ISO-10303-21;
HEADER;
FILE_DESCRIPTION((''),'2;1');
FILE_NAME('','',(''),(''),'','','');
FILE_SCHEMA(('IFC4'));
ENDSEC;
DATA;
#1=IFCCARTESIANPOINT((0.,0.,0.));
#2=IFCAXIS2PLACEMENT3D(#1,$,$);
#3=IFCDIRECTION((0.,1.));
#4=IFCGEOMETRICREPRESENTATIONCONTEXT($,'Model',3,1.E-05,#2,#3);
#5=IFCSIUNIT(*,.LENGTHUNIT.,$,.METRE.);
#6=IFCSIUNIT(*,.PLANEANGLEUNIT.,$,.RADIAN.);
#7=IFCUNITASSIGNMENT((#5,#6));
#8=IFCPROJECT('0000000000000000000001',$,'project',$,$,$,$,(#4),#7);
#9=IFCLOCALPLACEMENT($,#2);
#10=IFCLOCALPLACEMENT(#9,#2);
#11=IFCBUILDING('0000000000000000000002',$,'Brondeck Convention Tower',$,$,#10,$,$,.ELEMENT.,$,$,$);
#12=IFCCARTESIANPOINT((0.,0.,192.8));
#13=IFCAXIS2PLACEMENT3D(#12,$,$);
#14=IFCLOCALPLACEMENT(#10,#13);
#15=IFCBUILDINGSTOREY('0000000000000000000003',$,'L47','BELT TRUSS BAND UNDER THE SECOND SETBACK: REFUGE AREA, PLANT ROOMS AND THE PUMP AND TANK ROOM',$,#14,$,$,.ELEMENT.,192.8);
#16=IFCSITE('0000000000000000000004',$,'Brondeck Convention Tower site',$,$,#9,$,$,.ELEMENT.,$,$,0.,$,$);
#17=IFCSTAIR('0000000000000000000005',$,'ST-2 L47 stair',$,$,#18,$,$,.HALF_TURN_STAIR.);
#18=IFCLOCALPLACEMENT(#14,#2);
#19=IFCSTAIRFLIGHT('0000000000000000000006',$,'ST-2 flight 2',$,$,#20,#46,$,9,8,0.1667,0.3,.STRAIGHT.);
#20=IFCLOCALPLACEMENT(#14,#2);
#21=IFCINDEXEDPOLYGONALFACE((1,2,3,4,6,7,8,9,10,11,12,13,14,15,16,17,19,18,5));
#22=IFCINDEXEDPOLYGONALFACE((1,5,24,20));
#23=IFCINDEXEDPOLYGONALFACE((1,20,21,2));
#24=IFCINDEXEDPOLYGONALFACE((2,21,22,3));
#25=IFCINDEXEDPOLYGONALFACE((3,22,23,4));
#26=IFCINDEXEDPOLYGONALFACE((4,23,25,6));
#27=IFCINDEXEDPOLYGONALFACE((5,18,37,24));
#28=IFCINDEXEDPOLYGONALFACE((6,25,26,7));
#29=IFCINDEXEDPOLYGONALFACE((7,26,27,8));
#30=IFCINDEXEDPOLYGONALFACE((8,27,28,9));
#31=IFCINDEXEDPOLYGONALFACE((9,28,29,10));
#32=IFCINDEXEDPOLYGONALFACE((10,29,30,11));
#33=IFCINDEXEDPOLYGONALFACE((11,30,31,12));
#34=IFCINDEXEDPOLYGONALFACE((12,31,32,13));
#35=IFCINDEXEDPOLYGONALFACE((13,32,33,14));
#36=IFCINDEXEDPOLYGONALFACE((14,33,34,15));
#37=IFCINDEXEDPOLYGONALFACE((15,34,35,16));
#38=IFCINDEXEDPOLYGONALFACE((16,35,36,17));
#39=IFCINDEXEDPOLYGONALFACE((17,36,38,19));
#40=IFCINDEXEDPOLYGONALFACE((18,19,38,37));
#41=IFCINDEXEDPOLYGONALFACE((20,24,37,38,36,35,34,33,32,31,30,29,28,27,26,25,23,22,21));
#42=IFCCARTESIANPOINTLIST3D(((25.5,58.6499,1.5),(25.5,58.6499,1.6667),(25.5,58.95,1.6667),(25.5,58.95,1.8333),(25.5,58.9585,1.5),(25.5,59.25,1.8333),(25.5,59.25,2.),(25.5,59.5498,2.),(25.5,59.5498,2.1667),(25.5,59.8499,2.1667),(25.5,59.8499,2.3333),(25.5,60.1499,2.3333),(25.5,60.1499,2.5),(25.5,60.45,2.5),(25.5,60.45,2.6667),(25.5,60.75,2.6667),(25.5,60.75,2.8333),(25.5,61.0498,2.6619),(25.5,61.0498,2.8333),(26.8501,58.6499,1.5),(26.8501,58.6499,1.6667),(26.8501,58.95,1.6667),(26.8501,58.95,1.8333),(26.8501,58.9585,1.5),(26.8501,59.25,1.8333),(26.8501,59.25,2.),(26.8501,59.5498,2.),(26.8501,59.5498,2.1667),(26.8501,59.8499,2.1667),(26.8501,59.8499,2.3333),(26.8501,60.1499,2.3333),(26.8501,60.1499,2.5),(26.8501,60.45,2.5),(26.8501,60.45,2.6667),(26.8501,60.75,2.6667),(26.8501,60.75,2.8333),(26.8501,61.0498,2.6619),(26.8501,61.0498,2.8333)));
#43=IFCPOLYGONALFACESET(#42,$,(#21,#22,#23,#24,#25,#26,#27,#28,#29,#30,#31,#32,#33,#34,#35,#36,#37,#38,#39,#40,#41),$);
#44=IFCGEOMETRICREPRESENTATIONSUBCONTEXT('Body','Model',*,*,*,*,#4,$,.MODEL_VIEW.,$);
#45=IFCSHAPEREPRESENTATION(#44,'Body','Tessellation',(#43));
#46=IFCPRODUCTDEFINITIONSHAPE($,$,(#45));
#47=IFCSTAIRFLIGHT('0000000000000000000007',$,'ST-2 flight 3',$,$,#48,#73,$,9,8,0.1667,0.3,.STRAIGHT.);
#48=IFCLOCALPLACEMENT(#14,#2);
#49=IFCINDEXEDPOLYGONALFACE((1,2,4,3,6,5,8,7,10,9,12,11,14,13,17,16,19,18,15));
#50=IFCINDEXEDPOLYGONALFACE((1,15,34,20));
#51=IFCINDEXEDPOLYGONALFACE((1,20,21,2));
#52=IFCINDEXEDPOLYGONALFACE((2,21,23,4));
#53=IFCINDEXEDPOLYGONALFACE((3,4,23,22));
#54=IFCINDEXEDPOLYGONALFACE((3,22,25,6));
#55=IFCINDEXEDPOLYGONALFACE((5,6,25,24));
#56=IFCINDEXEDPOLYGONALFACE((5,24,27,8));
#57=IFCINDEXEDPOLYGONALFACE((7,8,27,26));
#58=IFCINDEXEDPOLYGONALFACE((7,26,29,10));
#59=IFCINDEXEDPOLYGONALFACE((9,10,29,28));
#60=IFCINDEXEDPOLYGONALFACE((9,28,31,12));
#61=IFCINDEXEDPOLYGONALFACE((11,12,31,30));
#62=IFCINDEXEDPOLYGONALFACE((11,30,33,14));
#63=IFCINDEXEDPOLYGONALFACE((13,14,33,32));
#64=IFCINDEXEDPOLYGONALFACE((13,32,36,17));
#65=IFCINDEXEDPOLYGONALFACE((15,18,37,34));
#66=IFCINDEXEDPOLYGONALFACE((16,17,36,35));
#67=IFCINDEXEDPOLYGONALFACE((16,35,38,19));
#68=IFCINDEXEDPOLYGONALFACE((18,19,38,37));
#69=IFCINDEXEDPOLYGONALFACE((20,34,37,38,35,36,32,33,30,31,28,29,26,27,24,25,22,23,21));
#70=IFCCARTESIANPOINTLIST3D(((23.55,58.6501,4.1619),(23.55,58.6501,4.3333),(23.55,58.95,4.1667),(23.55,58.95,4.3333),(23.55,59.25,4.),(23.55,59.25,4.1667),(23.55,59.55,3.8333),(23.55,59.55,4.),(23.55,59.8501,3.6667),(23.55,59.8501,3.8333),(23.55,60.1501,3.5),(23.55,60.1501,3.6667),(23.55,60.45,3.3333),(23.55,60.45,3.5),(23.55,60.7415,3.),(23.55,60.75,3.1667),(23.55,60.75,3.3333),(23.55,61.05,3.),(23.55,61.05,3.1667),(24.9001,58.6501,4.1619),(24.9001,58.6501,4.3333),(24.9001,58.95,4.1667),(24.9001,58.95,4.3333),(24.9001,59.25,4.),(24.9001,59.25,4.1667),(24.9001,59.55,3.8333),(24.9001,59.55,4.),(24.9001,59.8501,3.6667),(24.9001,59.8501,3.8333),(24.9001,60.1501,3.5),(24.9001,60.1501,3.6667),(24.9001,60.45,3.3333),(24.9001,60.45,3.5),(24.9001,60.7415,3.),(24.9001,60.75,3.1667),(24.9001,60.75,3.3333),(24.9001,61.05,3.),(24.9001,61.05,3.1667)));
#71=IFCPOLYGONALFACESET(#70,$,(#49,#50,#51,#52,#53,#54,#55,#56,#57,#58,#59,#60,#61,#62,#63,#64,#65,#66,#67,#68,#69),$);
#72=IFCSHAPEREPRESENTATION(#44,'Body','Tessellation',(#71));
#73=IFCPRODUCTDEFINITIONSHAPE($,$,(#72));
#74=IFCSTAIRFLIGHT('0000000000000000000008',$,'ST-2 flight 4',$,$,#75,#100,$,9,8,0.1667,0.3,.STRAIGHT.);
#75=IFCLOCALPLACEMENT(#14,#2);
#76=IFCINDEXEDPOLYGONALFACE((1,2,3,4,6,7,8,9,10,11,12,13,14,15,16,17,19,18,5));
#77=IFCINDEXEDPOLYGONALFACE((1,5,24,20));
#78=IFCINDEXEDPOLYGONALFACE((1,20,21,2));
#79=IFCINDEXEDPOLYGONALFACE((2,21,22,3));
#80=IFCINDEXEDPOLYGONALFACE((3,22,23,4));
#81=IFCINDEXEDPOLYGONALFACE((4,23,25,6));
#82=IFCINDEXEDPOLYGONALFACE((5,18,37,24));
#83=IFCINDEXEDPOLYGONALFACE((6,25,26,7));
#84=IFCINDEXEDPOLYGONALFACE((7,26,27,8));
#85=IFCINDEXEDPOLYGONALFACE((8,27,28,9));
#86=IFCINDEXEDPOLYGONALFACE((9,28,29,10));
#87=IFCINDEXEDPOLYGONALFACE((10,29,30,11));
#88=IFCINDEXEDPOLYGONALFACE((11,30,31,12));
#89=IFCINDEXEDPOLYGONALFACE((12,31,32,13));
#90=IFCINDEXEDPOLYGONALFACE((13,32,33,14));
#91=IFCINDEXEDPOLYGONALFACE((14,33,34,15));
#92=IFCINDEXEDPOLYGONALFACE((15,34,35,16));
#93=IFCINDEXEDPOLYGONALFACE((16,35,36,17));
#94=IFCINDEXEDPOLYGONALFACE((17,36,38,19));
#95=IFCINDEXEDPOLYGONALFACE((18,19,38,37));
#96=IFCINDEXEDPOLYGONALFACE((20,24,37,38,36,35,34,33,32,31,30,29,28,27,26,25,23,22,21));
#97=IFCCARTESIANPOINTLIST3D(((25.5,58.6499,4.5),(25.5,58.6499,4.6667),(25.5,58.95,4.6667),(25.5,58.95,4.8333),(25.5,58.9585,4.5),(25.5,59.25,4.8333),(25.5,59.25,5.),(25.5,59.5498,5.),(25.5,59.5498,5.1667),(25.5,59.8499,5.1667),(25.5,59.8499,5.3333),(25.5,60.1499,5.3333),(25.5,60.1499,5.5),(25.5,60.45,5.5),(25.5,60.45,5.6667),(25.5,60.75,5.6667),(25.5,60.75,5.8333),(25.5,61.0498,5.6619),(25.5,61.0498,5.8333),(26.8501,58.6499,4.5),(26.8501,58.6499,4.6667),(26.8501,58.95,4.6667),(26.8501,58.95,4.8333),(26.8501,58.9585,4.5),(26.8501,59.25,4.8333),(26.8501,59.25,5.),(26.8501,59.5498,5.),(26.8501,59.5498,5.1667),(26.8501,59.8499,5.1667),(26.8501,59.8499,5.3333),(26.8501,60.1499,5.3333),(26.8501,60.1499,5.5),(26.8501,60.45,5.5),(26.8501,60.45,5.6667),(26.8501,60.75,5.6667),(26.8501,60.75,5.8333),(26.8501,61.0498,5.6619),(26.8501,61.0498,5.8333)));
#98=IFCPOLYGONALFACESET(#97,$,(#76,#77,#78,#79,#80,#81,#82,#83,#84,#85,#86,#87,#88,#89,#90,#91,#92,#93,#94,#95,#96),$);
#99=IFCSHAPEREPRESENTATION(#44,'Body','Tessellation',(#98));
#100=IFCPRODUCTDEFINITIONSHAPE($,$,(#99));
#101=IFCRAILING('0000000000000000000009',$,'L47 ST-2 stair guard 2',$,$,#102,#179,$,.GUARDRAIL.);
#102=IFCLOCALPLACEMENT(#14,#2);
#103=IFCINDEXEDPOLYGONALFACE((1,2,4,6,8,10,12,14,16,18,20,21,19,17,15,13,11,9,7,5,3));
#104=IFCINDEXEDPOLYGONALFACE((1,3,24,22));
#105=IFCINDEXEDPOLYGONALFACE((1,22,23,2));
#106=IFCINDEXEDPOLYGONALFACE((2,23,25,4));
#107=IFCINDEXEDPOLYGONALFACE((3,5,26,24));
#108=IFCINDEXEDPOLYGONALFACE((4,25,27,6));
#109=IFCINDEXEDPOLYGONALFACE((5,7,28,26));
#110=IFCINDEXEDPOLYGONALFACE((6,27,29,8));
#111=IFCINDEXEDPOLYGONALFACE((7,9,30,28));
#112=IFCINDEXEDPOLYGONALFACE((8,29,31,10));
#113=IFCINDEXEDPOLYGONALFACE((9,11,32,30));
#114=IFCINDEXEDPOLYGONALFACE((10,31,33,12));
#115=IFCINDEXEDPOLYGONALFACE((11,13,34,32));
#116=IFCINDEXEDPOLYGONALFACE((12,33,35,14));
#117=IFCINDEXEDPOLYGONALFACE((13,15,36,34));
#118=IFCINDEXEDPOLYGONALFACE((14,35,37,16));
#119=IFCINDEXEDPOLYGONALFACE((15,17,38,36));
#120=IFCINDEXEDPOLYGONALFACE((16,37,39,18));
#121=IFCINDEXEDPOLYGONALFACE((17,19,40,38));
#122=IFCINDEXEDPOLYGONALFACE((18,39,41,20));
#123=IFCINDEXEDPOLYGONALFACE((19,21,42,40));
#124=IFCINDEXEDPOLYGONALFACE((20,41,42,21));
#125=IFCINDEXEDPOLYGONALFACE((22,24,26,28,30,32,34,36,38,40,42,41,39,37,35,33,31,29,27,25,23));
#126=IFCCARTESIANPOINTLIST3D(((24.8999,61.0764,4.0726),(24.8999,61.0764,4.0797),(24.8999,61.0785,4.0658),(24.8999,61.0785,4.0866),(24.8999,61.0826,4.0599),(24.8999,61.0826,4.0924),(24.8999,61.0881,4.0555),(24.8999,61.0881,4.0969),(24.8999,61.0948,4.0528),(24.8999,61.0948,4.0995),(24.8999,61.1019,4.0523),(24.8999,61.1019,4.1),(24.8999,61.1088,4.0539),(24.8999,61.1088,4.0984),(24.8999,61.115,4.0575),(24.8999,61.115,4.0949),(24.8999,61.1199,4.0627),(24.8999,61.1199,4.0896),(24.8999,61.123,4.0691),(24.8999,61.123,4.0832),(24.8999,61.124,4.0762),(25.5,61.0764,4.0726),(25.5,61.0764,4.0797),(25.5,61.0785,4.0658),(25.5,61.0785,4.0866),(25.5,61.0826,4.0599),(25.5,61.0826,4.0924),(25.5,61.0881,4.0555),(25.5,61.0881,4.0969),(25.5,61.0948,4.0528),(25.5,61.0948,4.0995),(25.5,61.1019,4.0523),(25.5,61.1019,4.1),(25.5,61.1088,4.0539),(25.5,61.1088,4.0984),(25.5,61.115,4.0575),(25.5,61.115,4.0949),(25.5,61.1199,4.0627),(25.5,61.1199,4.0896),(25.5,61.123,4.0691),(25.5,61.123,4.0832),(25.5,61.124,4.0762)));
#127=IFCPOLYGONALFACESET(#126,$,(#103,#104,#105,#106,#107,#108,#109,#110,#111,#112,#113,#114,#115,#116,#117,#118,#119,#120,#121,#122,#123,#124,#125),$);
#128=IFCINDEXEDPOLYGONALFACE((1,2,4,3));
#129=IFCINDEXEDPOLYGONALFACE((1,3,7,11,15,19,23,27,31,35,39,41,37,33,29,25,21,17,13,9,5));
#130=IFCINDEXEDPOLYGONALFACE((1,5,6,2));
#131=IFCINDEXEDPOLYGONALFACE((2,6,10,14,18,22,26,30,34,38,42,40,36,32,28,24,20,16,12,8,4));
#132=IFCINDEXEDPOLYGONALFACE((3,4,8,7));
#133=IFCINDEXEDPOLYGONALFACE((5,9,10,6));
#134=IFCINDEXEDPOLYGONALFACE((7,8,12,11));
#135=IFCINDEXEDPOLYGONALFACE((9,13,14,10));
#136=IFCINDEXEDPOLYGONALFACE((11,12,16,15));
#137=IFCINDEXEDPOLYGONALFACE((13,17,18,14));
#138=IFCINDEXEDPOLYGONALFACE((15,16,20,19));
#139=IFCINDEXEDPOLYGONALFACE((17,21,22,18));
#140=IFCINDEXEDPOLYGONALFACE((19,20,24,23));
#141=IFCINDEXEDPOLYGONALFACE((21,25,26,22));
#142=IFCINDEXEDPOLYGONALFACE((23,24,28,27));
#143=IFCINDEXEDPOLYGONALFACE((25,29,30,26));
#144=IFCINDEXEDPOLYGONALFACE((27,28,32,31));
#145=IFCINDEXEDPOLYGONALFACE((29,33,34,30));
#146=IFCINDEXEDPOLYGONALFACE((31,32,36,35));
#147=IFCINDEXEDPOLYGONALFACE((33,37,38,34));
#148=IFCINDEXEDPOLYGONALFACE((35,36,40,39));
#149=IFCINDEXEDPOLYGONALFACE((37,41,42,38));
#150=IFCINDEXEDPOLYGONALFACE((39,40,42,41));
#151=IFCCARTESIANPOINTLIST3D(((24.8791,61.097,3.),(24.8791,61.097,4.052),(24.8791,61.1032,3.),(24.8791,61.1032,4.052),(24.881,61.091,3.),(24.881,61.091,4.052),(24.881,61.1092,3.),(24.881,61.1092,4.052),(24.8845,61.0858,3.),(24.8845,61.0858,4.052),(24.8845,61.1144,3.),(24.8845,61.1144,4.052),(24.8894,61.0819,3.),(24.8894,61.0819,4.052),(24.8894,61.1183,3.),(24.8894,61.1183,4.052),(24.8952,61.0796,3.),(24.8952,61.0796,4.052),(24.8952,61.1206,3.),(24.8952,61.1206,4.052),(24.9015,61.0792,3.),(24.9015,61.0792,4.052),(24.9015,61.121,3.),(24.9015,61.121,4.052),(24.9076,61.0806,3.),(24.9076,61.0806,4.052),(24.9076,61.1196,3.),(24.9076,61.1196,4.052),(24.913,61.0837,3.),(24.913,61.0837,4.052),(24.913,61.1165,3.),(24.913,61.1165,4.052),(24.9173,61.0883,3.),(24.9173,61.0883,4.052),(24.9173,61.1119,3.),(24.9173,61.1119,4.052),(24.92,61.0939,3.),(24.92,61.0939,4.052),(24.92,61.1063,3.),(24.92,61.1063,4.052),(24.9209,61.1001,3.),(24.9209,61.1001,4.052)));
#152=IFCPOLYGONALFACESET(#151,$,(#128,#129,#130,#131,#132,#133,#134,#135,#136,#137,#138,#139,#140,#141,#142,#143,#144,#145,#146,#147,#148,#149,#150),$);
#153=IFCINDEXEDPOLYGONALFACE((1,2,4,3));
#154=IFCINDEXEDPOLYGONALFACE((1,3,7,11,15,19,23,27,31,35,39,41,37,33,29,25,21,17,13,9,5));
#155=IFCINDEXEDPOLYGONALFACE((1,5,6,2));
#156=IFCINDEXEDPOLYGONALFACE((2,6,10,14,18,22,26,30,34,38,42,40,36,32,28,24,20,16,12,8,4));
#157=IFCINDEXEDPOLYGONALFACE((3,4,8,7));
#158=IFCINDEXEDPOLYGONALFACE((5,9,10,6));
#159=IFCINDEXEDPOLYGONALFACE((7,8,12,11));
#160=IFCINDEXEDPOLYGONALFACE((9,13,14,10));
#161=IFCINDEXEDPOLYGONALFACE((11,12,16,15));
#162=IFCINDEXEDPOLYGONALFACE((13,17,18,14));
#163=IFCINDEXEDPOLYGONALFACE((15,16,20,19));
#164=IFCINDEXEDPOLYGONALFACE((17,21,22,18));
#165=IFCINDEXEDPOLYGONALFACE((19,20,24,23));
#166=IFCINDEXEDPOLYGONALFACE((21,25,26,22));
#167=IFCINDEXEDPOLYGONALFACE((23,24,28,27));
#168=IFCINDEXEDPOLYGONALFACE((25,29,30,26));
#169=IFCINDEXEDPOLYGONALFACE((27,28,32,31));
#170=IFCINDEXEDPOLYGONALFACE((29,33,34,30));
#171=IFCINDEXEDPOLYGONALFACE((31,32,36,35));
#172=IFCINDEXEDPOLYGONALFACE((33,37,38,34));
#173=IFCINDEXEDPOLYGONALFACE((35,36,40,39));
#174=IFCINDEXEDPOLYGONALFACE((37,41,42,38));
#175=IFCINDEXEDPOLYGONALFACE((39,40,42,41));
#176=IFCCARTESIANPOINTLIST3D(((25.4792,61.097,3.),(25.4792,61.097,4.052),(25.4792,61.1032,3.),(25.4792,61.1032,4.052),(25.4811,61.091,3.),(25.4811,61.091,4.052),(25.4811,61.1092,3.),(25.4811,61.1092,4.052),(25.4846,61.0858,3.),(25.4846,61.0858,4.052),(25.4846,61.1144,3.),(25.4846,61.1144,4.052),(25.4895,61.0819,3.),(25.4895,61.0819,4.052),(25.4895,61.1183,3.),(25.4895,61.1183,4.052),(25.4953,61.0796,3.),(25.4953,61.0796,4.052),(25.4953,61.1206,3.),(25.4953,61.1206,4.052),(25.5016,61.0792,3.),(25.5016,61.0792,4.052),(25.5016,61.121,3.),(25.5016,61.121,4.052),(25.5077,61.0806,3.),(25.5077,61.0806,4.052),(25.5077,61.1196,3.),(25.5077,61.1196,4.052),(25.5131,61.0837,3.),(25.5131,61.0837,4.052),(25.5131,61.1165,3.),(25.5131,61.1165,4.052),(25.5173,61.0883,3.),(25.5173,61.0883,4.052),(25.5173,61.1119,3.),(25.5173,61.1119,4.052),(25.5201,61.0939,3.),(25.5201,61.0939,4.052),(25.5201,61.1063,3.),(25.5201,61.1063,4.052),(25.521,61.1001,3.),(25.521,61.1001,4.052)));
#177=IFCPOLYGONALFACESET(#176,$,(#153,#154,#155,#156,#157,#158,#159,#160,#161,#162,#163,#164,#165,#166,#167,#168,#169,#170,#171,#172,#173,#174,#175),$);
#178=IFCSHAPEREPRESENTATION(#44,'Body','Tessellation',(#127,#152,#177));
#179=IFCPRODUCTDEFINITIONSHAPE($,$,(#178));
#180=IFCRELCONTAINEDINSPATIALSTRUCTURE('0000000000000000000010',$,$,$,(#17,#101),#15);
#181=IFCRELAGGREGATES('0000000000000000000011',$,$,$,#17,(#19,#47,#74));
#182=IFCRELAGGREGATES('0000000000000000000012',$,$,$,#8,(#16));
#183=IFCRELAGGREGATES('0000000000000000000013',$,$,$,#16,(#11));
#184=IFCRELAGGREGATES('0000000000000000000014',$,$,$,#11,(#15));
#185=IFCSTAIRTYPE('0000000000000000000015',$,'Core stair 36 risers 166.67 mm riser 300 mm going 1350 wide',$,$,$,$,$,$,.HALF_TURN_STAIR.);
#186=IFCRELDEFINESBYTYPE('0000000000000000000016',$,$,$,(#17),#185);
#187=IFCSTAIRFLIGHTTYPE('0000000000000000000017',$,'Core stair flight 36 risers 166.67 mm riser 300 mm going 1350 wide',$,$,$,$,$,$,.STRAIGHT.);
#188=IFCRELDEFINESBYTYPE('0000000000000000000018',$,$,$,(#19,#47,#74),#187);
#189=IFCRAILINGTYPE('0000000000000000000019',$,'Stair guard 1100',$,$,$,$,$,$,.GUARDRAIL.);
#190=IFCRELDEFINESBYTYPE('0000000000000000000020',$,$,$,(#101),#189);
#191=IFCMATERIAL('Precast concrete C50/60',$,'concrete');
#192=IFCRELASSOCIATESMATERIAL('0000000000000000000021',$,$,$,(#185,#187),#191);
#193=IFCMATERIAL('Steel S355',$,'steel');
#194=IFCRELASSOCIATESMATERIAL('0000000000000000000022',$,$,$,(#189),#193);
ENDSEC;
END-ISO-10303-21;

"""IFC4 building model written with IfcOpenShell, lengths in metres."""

from ifc_helpers import new_model, si_unit, direction, frame, origin, origin_2d, place, context, subcontext, project, spatial, polyline, circle, outline, extrude, material, type_object, element, aggregate, save


model = new_model("IFC4")

# Units and contexts
model_context = context("Model", 3, precision=1e-05, world=origin(), true_north=direction((0.0, 1.0)))
body_context = subcontext(model_context, "Body", "Model", "MODEL_VIEW")
ifc_project = project(units=[si_unit("LENGTHUNIT", "METRE"), si_unit("PLANEANGLEUNIT", "RADIAN")], contexts=[model_context])

# Site, building, storey
site_placement = place(None, origin())
site = spatial("IfcSite", under=ifc_project, at=site_placement, Name="Brondeck Convention Tower site", CompositionType="ELEMENT", RefElevation=0.0)
building_placement = place(site_placement, origin())
building = spatial("IfcBuilding", under=site, at=building_placement, Name="Brondeck Convention Tower", CompositionType="ELEMENT")
storey_placement = place(building_placement, frame((0.0, 0.0, 192.8)))
storey = spatial("IfcBuildingStorey", under=building, at=storey_placement, Name="L47", Description="BELT TRUSS BAND UNDER THE SECOND SETBACK: REFUGE AREA, PLANT ROOMS AND THE PUMP AND TANK ROOM", CompositionType="ELEMENT", Elevation=192.8)

# Shared definitions
ifc_material_1 = material(Name="Steel S355", Category="steel")

# Stair, stair flights
ifc_material_2 = material(Name="Precast concrete C50/60", Category="concrete")
stair_type = type_object("IfcStairType", Name="Core stair 36 risers 166.67 mm riser 300 mm going 1350 wide", PredefinedType="HALF_TURN_STAIR", material=ifc_material_2)
stair_placement = place(storey_placement, origin())
stair = element("IfcStair", 1, at=stair_placement, inside=storey, type_object=stair_type, Name="ST-2 L47 stair", PredefinedType="HALF_TURN_STAIR")
stair_flight_type = type_object("IfcStairFlightType", Name="Core stair flight 36 risers 166.67 mm riser 300 mm going 1350 wide", PredefinedType="STRAIGHT", material=ifc_material_2)
stair_flight_1_placement = place(storey_placement, frame((26.175, 58.6499, 1.5), z_axis=(0.0, 0.0, 1.0), x_axis=(0.0, 1.0, 0.0)))
stair_flight_1 = element("IfcStairFlight", 2, at=stair_flight_1_placement, type_object=stair_flight_type, Name="ST-2 flight 2", NumberOfRisers=9, NumberOfTreads=8, PredefinedType="STRAIGHT", RiserHeight=0.1667, TreadLength=0.3, context=body_context, shape_type="SweptSolid", body=[
    extrude(outline(polyline([(0.0, 0.0), (0.0, 0.1667), (0.3, 0.1667), (0.3, 0.3333), (0.6001, 0.3333), (0.6001, 0.5), (0.8999, 0.5), (0.8999, 0.6667), (1.2, 0.6667), (1.2, 0.8333), (1.5, 0.8333), (1.5, 1.0), (1.8, 1.0), (1.8, 1.1667), (2.1001, 1.1667), (2.1001, 1.3333), (2.3999, 1.3333), (2.3999, 1.5), (2.3999, 1.1619), (0.3086, 0.0), (0.0, 0.0)])), frame((0.0, 0.675, 0.0), z_axis=(0.0, -1.0, 0.0), x_axis=(1.0, 0.0, 0.0)), (0.0, 0.0, 1.0), 1.3501),
])
stair_flight_2_placement = place(storey_placement, frame((24.2251, 61.05, 3.0), z_axis=(0.0, 0.0, 1.0), x_axis=(0.0, -1.0, 0.0)))
stair_flight_2 = element("IfcStairFlight", 3, at=stair_flight_2_placement, type_object=stair_flight_type, Name="ST-2 flight 3", NumberOfRisers=9, NumberOfTreads=8, PredefinedType="STRAIGHT", RiserHeight=0.1667, TreadLength=0.3, context=body_context, shape_type="SweptSolid", body=[
    extrude(outline(polyline([(0.0, 0.0), (0.0, 0.1667), (0.3, 0.1667), (0.3, 0.3333), (0.6001, 0.3333), (0.6001, 0.5), (0.8999, 0.5), (0.8999, 0.6667), (1.2, 0.6667), (1.2, 0.8333), (1.5, 0.8333), (1.5, 1.0), (1.8, 1.0), (1.8, 1.1667), (2.1001, 1.1667), (2.1001, 1.3333), (2.3999, 1.3333), (2.3999, 1.5), (2.3999, 1.1619), (0.3086, 0.0), (0.0, 0.0)])), frame((0.0, 0.675, 0.0), z_axis=(0.0, -1.0, 0.0), x_axis=(1.0, 0.0, 0.0)), (0.0, 0.0, 1.0), 1.3501),
])
stair_flight_3_placement = place(storey_placement, frame((26.175, 58.6499, 4.5), z_axis=(0.0, 0.0, 1.0), x_axis=(0.0, 1.0, 0.0)))
stair_flight_3 = element("IfcStairFlight", 4, at=stair_flight_3_placement, type_object=stair_flight_type, Name="ST-2 flight 4", NumberOfRisers=9, NumberOfTreads=8, PredefinedType="STRAIGHT", RiserHeight=0.1667, TreadLength=0.3, context=body_context, shape_type="SweptSolid", body=[
    extrude(outline(polyline([(0.0, 0.0), (0.0, 0.1667), (0.3, 0.1667), (0.3, 0.3333), (0.6001, 0.3333), (0.6001, 0.5), (0.8999, 0.5), (0.8999, 0.6667), (1.2, 0.6667), (1.2, 0.8333), (1.5, 0.8333), (1.5, 1.0), (1.8, 1.0), (1.8, 1.1667), (2.1001, 1.1667), (2.1001, 1.3333), (2.3999, 1.3333), (2.3999, 1.5), (2.3999, 1.1619), (0.3086, 0.0), (0.0, 0.0)])), frame((0.0, 0.675, 0.0), z_axis=(0.0, -1.0, 0.0), x_axis=(1.0, 0.0, 0.0)), (0.0, 0.0, 1.0), 1.3501),
])
aggregate(stair, [stair_flight_1, stair_flight_2, stair_flight_3])

# Railing
railing_type_1 = type_object("IfcRailingType", Name="Stair guard 1100", PredefinedType="GUARDRAIL", material=ifc_material_1)
railing_1_placement = place(storey_placement, frame((24.8999, 61.1001, 3.0)))
element("IfcRailing", 5, at=railing_1_placement, inside=storey, type_object=railing_type_1, Name="L47 ST-2 stair guard 2", PredefinedType="GUARDRAIL", context=body_context, shape_type="SweptSolid", body=[
    extrude(circle(Radius=0.0239, at=origin_2d()), frame((0.0, 0.0, 1.0762), z_axis=(1.0, 0.0, 0.0), x_axis=(0.0, 1.0, 0.0)), (0.0, 0.0, 1.0), 0.6001),
    extrude(circle(Radius=0.021, at=origin_2d()), origin(), (0.0, 0.0, 1.0), 1.052),
    extrude(circle(Radius=0.021, at=origin_2d()), frame((0.6001, 0.0, 0.0)), (0.0, 0.0, 1.0), 1.052),
])

save(model, "model.ifc")
